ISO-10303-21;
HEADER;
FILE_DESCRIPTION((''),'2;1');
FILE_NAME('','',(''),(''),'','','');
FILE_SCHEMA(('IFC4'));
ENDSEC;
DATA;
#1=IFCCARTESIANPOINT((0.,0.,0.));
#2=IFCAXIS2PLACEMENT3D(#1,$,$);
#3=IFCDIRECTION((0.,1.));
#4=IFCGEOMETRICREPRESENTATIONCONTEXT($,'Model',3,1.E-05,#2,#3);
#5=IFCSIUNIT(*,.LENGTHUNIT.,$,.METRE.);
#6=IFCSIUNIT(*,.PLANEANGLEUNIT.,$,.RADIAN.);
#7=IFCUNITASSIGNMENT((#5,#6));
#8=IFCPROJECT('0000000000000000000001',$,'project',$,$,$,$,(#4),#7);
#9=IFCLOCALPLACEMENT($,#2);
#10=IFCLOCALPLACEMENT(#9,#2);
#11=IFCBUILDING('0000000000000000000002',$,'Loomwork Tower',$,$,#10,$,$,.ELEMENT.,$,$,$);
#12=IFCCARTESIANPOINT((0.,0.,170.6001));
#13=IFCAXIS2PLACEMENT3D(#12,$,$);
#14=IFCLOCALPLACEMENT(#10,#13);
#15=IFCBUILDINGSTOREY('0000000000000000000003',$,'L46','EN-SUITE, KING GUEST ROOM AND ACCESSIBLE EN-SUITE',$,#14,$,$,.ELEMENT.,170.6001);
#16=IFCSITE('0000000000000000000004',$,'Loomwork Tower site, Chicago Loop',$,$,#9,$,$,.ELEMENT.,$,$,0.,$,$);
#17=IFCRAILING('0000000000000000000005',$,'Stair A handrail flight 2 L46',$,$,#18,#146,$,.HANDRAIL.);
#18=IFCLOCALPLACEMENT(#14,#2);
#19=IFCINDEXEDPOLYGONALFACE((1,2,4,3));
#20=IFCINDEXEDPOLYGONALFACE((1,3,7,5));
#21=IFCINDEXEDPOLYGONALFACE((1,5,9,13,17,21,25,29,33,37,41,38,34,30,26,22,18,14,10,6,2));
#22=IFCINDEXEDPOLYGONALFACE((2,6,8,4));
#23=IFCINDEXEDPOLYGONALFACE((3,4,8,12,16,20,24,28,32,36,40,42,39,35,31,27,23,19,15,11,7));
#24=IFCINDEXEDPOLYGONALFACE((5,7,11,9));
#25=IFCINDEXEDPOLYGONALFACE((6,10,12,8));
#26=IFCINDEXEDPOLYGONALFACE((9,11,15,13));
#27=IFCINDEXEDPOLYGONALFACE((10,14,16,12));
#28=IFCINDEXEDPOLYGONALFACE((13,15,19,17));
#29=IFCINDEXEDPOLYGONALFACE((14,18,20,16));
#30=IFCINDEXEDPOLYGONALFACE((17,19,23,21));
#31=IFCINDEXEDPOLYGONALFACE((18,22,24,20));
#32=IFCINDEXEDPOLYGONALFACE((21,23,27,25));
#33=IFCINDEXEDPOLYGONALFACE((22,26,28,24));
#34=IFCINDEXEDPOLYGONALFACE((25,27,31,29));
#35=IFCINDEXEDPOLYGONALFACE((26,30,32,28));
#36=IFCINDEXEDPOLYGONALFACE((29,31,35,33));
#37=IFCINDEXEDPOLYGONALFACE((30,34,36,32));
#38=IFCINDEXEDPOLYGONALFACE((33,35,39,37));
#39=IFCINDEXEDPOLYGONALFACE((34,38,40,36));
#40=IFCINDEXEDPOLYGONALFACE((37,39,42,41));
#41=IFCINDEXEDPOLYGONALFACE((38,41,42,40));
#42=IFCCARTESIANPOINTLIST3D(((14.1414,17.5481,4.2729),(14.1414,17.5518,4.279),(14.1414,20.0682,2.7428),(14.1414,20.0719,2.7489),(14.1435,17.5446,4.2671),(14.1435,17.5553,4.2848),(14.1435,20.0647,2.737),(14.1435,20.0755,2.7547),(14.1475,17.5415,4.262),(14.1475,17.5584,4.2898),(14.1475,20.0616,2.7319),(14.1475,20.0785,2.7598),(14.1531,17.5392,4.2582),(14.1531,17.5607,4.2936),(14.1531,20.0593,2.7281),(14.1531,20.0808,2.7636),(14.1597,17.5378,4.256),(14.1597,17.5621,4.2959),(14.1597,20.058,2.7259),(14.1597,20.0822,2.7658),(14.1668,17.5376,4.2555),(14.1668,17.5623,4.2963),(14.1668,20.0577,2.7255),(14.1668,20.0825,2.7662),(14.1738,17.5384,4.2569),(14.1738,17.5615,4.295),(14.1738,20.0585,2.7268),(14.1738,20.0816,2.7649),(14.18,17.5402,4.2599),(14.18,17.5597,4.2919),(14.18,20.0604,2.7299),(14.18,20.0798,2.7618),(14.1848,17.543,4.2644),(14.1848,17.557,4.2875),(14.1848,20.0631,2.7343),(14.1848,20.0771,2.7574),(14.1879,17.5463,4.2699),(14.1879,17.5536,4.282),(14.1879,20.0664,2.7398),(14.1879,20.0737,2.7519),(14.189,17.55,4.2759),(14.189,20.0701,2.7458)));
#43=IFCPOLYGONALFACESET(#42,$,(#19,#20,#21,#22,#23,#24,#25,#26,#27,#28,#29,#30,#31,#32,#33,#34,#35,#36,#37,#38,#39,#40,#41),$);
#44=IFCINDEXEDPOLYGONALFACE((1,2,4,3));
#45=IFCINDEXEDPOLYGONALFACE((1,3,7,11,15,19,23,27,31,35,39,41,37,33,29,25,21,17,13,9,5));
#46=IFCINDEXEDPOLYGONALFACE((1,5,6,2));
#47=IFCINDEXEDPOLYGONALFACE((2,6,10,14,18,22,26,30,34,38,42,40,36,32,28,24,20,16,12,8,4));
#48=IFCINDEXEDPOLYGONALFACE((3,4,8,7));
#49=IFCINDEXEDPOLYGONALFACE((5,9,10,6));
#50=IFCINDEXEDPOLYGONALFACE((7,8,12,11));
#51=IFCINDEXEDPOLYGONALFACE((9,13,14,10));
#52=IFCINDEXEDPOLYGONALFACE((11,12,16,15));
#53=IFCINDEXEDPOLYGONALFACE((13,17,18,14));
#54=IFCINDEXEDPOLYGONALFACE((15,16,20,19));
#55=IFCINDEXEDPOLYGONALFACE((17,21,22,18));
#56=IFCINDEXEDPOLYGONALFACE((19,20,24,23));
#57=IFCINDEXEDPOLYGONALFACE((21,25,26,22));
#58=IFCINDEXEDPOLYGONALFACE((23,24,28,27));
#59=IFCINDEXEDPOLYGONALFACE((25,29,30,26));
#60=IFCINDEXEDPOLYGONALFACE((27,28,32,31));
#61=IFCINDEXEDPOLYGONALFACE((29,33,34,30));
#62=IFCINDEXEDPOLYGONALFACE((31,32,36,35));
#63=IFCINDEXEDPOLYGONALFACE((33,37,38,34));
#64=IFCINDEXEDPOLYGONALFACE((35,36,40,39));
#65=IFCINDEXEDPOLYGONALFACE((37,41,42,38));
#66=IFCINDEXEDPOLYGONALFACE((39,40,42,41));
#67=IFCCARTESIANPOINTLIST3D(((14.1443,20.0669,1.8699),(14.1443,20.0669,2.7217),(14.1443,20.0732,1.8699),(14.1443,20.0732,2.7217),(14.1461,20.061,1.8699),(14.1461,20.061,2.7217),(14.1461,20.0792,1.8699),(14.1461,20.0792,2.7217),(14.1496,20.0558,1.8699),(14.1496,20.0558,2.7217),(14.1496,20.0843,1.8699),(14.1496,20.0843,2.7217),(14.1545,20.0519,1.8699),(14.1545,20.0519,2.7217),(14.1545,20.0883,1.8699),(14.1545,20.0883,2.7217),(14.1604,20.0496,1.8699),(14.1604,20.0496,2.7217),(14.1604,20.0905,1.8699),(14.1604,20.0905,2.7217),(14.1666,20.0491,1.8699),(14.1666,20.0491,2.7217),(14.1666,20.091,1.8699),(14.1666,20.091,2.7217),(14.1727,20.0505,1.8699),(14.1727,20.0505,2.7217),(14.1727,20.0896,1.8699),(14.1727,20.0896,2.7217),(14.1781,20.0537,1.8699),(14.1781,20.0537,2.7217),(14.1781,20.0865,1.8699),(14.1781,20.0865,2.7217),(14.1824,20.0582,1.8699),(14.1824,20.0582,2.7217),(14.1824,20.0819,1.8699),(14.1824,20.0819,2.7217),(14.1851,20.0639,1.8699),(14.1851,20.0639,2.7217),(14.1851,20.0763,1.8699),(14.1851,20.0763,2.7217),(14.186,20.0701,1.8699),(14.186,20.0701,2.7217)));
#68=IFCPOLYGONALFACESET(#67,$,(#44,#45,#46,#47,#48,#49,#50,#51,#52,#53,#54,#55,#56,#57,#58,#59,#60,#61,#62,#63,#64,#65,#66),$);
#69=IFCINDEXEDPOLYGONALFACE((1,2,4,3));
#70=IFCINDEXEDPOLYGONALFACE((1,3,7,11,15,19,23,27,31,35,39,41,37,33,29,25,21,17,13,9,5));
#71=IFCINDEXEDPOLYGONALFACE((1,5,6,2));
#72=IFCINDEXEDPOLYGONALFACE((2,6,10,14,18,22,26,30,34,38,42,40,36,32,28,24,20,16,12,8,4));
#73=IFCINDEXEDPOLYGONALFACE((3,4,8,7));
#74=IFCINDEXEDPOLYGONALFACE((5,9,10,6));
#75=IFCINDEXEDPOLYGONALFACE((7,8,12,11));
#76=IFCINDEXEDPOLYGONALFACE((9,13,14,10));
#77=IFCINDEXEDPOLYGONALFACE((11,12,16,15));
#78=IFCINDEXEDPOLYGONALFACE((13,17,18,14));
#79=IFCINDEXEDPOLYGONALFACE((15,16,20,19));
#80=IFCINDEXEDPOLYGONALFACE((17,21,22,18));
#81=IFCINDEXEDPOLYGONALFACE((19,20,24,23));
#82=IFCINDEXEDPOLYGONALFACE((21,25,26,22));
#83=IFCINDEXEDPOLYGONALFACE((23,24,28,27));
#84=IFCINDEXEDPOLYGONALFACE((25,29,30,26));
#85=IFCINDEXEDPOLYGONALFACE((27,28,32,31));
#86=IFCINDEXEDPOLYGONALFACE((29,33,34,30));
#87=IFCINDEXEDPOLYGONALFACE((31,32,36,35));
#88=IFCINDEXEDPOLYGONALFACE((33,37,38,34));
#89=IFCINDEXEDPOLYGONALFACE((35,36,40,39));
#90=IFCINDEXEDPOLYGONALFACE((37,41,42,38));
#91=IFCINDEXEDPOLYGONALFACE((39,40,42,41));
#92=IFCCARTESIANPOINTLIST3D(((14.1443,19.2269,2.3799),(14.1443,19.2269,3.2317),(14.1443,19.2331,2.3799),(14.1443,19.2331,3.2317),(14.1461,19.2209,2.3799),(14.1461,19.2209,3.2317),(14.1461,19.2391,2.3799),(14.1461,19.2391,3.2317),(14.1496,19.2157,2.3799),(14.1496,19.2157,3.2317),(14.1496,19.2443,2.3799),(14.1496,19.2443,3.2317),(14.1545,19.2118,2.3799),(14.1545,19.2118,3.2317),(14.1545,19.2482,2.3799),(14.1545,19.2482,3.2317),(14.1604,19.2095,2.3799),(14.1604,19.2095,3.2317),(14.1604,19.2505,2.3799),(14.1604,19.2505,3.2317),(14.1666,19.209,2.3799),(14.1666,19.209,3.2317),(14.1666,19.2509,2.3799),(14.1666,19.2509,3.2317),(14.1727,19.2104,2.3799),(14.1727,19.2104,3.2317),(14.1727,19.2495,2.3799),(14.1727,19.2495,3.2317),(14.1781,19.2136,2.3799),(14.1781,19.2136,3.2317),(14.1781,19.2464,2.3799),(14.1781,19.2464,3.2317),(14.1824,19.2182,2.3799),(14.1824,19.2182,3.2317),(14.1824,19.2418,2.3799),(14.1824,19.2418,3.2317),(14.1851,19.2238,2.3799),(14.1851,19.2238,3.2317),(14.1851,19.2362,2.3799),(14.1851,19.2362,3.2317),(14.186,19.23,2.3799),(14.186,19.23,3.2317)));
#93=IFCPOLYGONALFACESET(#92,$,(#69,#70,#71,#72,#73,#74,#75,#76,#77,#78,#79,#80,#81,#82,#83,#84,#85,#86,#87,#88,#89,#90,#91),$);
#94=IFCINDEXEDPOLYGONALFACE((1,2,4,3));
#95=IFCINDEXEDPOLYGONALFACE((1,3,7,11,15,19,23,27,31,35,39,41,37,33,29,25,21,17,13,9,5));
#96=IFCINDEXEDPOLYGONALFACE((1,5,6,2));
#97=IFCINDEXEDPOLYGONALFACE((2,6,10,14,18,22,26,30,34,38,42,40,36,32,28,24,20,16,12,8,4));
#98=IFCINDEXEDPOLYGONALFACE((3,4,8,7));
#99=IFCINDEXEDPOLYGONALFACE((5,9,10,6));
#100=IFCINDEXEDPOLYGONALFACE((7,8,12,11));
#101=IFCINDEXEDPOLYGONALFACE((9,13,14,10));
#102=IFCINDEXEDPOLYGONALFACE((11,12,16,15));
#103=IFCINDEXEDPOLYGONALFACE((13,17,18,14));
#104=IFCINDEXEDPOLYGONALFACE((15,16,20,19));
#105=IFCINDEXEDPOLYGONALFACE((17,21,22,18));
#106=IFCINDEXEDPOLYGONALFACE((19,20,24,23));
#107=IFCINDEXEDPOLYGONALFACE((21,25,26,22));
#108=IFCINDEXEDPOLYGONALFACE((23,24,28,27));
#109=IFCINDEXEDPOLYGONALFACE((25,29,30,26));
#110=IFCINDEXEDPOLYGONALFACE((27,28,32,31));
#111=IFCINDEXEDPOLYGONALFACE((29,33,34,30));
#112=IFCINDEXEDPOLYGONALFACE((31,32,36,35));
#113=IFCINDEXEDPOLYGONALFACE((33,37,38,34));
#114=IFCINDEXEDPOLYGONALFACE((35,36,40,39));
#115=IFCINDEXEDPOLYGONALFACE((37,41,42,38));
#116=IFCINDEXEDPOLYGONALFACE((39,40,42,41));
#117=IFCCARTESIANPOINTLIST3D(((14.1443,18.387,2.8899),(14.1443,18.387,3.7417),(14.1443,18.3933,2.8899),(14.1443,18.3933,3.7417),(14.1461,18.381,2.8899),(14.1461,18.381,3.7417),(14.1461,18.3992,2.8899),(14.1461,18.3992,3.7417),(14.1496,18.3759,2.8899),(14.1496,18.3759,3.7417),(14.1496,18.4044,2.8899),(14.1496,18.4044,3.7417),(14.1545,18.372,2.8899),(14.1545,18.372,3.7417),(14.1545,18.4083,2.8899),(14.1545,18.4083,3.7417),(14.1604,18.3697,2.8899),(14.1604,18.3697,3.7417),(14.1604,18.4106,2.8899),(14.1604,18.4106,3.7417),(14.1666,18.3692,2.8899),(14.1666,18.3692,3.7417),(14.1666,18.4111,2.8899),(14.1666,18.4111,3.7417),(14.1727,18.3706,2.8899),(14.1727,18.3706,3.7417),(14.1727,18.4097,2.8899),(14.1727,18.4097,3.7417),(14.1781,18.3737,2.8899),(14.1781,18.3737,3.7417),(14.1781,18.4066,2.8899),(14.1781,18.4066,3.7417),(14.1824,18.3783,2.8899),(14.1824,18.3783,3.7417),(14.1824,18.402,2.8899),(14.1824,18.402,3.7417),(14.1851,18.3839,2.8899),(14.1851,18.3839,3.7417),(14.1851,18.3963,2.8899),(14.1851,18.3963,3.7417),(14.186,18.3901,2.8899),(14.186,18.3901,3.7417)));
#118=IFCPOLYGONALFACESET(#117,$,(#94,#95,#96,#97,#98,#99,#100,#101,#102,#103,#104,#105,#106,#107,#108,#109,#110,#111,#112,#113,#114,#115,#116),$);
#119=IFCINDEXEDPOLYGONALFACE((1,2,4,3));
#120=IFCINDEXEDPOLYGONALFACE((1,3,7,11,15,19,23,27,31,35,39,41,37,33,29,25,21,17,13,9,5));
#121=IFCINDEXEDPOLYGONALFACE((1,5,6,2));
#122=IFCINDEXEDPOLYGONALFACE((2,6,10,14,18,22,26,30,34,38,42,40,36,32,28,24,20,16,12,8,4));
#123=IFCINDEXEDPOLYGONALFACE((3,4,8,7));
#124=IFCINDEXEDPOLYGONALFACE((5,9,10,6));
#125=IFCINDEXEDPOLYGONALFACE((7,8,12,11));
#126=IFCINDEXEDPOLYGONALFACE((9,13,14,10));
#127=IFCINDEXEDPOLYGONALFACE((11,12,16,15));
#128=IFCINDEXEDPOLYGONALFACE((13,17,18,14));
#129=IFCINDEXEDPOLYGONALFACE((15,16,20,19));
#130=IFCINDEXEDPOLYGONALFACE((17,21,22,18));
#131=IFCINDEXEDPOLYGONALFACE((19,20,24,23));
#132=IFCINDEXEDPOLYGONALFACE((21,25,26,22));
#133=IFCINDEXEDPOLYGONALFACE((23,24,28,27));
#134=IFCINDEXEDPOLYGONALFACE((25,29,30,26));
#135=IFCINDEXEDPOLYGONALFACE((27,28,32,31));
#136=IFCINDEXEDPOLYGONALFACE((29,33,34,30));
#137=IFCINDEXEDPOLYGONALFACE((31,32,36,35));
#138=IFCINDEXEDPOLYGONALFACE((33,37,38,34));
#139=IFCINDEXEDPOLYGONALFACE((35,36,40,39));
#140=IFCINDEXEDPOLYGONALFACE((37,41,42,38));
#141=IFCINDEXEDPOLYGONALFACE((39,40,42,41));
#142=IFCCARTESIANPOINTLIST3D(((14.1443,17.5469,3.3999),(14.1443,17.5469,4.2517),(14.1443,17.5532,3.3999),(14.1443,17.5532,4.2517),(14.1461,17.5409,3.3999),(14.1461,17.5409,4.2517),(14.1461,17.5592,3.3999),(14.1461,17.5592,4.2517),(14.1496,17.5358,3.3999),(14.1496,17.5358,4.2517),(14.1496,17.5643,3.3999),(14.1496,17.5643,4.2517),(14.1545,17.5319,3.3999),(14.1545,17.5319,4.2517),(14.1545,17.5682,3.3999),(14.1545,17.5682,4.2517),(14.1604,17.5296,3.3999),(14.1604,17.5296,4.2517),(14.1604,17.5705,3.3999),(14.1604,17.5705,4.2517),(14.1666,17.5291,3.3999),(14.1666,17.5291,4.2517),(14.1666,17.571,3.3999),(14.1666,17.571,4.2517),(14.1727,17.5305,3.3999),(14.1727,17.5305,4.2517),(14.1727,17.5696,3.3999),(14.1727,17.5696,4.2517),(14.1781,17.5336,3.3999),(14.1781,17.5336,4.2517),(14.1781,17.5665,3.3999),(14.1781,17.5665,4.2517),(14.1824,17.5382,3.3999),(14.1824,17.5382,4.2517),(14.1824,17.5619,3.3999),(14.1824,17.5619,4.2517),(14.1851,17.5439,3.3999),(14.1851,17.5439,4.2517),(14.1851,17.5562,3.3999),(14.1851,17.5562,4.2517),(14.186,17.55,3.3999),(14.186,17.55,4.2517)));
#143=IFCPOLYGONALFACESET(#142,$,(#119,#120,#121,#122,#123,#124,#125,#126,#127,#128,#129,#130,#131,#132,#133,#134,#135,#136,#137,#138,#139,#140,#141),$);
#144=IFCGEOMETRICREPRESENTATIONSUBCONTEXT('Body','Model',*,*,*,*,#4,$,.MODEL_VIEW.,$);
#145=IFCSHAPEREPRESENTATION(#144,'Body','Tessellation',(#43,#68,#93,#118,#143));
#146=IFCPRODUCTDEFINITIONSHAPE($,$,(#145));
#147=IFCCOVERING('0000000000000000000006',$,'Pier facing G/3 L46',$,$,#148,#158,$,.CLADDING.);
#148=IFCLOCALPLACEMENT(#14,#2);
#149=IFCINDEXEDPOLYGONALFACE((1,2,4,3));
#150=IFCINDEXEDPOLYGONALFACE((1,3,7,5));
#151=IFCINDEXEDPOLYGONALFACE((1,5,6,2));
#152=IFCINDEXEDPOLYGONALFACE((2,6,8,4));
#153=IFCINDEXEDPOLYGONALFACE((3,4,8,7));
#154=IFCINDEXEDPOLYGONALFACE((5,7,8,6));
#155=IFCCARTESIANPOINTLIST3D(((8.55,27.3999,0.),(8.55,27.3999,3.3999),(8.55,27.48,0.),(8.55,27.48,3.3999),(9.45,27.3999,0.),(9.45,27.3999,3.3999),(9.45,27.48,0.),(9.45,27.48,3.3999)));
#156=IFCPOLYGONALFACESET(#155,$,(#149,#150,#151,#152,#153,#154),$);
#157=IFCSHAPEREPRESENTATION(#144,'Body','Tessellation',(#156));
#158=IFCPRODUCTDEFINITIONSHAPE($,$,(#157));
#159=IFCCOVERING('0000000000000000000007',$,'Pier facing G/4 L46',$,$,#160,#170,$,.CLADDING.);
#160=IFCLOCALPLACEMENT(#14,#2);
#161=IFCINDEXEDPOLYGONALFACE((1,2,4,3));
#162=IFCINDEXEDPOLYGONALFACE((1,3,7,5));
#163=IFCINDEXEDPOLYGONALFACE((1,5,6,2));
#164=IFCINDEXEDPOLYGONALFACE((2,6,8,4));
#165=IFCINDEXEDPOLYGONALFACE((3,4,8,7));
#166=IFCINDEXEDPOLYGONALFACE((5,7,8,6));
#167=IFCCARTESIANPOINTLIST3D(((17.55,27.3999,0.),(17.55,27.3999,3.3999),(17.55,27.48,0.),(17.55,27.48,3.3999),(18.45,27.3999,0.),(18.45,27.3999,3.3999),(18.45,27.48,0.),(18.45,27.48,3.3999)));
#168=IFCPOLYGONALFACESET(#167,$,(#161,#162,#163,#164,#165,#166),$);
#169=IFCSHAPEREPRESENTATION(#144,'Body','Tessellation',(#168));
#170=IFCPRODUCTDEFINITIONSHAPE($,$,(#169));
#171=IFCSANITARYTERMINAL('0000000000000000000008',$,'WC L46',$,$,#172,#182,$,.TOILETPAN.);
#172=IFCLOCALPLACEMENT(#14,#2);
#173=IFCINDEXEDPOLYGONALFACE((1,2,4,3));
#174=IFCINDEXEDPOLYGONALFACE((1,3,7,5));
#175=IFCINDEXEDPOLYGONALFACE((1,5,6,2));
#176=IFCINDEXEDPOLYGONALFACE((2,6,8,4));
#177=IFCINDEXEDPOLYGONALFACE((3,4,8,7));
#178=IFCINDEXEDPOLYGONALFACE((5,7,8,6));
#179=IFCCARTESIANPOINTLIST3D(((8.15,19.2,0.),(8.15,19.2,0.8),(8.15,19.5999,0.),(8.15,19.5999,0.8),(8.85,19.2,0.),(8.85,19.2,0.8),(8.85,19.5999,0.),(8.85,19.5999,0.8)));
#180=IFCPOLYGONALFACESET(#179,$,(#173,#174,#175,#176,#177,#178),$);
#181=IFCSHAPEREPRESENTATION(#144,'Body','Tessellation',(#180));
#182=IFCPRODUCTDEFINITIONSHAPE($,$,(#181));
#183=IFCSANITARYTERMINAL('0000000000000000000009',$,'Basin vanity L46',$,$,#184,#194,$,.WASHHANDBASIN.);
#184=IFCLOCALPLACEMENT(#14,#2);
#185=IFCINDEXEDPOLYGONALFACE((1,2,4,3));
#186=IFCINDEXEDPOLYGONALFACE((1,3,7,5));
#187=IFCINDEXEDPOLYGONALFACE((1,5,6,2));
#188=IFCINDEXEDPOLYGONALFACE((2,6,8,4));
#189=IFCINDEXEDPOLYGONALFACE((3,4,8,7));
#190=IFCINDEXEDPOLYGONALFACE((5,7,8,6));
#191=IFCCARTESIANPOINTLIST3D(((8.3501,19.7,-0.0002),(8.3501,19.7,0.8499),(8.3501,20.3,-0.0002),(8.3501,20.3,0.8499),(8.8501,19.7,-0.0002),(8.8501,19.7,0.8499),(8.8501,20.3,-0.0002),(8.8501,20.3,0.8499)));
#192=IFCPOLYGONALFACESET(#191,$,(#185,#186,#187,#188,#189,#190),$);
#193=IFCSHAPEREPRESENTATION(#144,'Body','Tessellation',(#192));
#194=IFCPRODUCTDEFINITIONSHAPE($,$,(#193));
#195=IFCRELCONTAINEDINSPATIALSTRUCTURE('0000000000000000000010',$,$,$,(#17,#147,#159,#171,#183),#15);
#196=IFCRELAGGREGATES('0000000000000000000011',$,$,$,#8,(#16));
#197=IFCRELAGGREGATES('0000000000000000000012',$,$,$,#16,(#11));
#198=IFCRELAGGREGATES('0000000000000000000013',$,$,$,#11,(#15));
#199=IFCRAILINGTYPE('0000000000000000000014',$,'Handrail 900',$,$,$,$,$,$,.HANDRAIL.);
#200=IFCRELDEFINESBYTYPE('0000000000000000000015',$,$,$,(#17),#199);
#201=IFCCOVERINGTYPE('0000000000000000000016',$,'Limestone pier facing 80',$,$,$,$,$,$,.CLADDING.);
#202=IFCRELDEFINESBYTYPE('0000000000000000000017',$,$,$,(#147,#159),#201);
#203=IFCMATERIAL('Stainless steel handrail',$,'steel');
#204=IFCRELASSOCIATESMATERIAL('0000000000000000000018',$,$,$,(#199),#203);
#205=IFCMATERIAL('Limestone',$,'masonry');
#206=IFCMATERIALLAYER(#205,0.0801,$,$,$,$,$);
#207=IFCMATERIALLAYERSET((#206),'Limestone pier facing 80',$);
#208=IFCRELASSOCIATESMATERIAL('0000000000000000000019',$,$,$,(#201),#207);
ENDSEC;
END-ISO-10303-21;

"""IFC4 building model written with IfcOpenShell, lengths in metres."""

from ifc_helpers import new_model, si_unit, direction, frame, origin, origin_2d, place, context, subcontext, project, spatial, rectangle, circle, extrude, material, layer, layer_set, type_object, element, save


model = new_model("IFC4")

# Units and contexts
model_context = context("Model", 3, precision=1e-05, world=origin(), true_north=direction((0.0, 1.0)))
body_context = subcontext(model_context, "Body", "Model", "MODEL_VIEW")
ifc_project = project(units=[si_unit("LENGTHUNIT", "METRE"), si_unit("PLANEANGLEUNIT", "RADIAN")], contexts=[model_context])

# Site, building, storey
site_placement = place(None, origin())
site = spatial("IfcSite", under=ifc_project, at=site_placement, Name="Loomwork Tower site, Chicago Loop", CompositionType="ELEMENT", RefElevation=0.0)
building_placement = place(site_placement, origin())
building = spatial("IfcBuilding", under=site, at=building_placement, Name="Loomwork Tower", CompositionType="ELEMENT")
storey_placement = place(building_placement, frame((0.0, 0.0, 170.6001)))
storey = spatial("IfcBuildingStorey", under=building, at=storey_placement, Name="L46", Description="EN-SUITE, KING GUEST ROOM AND ACCESSIBLE EN-SUITE", CompositionType="ELEMENT", Elevation=170.6001)

# Railing
ifc_material_1 = material(Name="Stainless steel handrail", Category="steel")
railing_type = type_object("IfcRailingType", Name="Handrail 900", PredefinedType="HANDRAIL", material=ifc_material_1)
railing_placement = place(storey_placement, frame((14.165, 20.0701, 1.8699)))
element("IfcRailing", 1, at=railing_placement, inside=storey, type_object=railing_type, Name="Stair A handrail flight 2 L46", PredefinedType="HANDRAIL", context=body_context, shape_type="SweptSolid", body=[
    extrude(circle(Radius=0.0239, at=origin_2d()), frame((0.0, 0.0, 0.876), z_axis=(0.0, -0.854785, 0.518982), x_axis=(1.0, 0.0, 0.0)), (0.0, 0.0, 1.0), 2.9482),
    extrude(circle(Radius=0.021, at=origin_2d()), origin(), (0.0, 0.0, 1.0), 0.8518),
    extrude(circle(Radius=0.021, at=origin_2d()), frame((0.0, -0.8401, 0.51)), (0.0, 0.0, 1.0), 0.8518),
    extrude(circle(Radius=0.021, at=origin_2d()), frame((0.0, -1.6799, 1.02)), (0.0, 0.0, 1.0), 0.8518),
    extrude(circle(Radius=0.021, at=origin_2d()), frame((0.0, -2.52, 1.53)), (0.0, 0.0, 1.0), 0.8518),
])

# Coverings
ifc_material_2 = material(Name="Limestone", Category="masonry")
ifc_layer_1 = layer(ifc_material_2, 0.0801)
ifc_layer_set_1 = layer_set([ifc_layer_1], Name="Limestone pier facing 80")
covering_type = type_object("IfcCoveringType", Name="Limestone pier facing 80", PredefinedType="CLADDING", material=ifc_layer_set_1)
for number, where, z_axis, x_axis, name in (
    (2, (9.0, 27.4399, 0.0), (0.0, 0.0, 1.0), (1.0, 0.0, 0.0), "Pier facing G/3 L46"),
    (3, (18.0, 27.4399, 0.0), (0.0, 0.0, 1.0), (1.0, 0.0, 0.0), "Pier facing G/4 L46"),
):
    element("IfcCovering", number, at=place(storey_placement, frame(where, z_axis=z_axis, x_axis=x_axis)), inside=storey, type_object=covering_type, Name=name, PredefinedType="CLADDING", context=body_context, shape_type="SweptSolid", body=[
        extrude(rectangle(XDim=0.8999, YDim=0.0801, at=origin_2d()), origin(), (0.0, 0.0, 1.0), 3.3999),
    ])

# Sanitary terminals
sanitary_terminal_1_placement = place(storey_placement, frame((8.5, 19.3999, 0.0), z_axis=(0.0, 0.0, 1.0), x_axis=(1.0, 0.0, 0.0)))
element("IfcSanitaryTerminal", 4, at=sanitary_terminal_1_placement, inside=storey, Name="WC L46", PredefinedType="TOILETPAN", context=body_context, shape_type="SweptSolid", body=[
    extrude(rectangle(XDim=0.7, YDim=0.3999, at=origin_2d()), origin(), (0.0, 0.0, 1.0), 0.8),
])
sanitary_terminal_2_placement = place(storey_placement, frame((8.6001, 20.0, -0.0002), z_axis=(0.0, 0.0, 1.0), x_axis=(1.0, 0.0, 0.0)))
element("IfcSanitaryTerminal", 5, at=sanitary_terminal_2_placement, inside=storey, Name="Basin vanity L46", PredefinedType="WASHHANDBASIN", context=body_context, shape_type="SweptSolid", body=[
    extrude(rectangle(XDim=0.5, YDim=0.6001, at=origin_2d()), origin(), (0.0, 0.0, 1.0), 0.8501),
])

save(model, "model.ifc")
